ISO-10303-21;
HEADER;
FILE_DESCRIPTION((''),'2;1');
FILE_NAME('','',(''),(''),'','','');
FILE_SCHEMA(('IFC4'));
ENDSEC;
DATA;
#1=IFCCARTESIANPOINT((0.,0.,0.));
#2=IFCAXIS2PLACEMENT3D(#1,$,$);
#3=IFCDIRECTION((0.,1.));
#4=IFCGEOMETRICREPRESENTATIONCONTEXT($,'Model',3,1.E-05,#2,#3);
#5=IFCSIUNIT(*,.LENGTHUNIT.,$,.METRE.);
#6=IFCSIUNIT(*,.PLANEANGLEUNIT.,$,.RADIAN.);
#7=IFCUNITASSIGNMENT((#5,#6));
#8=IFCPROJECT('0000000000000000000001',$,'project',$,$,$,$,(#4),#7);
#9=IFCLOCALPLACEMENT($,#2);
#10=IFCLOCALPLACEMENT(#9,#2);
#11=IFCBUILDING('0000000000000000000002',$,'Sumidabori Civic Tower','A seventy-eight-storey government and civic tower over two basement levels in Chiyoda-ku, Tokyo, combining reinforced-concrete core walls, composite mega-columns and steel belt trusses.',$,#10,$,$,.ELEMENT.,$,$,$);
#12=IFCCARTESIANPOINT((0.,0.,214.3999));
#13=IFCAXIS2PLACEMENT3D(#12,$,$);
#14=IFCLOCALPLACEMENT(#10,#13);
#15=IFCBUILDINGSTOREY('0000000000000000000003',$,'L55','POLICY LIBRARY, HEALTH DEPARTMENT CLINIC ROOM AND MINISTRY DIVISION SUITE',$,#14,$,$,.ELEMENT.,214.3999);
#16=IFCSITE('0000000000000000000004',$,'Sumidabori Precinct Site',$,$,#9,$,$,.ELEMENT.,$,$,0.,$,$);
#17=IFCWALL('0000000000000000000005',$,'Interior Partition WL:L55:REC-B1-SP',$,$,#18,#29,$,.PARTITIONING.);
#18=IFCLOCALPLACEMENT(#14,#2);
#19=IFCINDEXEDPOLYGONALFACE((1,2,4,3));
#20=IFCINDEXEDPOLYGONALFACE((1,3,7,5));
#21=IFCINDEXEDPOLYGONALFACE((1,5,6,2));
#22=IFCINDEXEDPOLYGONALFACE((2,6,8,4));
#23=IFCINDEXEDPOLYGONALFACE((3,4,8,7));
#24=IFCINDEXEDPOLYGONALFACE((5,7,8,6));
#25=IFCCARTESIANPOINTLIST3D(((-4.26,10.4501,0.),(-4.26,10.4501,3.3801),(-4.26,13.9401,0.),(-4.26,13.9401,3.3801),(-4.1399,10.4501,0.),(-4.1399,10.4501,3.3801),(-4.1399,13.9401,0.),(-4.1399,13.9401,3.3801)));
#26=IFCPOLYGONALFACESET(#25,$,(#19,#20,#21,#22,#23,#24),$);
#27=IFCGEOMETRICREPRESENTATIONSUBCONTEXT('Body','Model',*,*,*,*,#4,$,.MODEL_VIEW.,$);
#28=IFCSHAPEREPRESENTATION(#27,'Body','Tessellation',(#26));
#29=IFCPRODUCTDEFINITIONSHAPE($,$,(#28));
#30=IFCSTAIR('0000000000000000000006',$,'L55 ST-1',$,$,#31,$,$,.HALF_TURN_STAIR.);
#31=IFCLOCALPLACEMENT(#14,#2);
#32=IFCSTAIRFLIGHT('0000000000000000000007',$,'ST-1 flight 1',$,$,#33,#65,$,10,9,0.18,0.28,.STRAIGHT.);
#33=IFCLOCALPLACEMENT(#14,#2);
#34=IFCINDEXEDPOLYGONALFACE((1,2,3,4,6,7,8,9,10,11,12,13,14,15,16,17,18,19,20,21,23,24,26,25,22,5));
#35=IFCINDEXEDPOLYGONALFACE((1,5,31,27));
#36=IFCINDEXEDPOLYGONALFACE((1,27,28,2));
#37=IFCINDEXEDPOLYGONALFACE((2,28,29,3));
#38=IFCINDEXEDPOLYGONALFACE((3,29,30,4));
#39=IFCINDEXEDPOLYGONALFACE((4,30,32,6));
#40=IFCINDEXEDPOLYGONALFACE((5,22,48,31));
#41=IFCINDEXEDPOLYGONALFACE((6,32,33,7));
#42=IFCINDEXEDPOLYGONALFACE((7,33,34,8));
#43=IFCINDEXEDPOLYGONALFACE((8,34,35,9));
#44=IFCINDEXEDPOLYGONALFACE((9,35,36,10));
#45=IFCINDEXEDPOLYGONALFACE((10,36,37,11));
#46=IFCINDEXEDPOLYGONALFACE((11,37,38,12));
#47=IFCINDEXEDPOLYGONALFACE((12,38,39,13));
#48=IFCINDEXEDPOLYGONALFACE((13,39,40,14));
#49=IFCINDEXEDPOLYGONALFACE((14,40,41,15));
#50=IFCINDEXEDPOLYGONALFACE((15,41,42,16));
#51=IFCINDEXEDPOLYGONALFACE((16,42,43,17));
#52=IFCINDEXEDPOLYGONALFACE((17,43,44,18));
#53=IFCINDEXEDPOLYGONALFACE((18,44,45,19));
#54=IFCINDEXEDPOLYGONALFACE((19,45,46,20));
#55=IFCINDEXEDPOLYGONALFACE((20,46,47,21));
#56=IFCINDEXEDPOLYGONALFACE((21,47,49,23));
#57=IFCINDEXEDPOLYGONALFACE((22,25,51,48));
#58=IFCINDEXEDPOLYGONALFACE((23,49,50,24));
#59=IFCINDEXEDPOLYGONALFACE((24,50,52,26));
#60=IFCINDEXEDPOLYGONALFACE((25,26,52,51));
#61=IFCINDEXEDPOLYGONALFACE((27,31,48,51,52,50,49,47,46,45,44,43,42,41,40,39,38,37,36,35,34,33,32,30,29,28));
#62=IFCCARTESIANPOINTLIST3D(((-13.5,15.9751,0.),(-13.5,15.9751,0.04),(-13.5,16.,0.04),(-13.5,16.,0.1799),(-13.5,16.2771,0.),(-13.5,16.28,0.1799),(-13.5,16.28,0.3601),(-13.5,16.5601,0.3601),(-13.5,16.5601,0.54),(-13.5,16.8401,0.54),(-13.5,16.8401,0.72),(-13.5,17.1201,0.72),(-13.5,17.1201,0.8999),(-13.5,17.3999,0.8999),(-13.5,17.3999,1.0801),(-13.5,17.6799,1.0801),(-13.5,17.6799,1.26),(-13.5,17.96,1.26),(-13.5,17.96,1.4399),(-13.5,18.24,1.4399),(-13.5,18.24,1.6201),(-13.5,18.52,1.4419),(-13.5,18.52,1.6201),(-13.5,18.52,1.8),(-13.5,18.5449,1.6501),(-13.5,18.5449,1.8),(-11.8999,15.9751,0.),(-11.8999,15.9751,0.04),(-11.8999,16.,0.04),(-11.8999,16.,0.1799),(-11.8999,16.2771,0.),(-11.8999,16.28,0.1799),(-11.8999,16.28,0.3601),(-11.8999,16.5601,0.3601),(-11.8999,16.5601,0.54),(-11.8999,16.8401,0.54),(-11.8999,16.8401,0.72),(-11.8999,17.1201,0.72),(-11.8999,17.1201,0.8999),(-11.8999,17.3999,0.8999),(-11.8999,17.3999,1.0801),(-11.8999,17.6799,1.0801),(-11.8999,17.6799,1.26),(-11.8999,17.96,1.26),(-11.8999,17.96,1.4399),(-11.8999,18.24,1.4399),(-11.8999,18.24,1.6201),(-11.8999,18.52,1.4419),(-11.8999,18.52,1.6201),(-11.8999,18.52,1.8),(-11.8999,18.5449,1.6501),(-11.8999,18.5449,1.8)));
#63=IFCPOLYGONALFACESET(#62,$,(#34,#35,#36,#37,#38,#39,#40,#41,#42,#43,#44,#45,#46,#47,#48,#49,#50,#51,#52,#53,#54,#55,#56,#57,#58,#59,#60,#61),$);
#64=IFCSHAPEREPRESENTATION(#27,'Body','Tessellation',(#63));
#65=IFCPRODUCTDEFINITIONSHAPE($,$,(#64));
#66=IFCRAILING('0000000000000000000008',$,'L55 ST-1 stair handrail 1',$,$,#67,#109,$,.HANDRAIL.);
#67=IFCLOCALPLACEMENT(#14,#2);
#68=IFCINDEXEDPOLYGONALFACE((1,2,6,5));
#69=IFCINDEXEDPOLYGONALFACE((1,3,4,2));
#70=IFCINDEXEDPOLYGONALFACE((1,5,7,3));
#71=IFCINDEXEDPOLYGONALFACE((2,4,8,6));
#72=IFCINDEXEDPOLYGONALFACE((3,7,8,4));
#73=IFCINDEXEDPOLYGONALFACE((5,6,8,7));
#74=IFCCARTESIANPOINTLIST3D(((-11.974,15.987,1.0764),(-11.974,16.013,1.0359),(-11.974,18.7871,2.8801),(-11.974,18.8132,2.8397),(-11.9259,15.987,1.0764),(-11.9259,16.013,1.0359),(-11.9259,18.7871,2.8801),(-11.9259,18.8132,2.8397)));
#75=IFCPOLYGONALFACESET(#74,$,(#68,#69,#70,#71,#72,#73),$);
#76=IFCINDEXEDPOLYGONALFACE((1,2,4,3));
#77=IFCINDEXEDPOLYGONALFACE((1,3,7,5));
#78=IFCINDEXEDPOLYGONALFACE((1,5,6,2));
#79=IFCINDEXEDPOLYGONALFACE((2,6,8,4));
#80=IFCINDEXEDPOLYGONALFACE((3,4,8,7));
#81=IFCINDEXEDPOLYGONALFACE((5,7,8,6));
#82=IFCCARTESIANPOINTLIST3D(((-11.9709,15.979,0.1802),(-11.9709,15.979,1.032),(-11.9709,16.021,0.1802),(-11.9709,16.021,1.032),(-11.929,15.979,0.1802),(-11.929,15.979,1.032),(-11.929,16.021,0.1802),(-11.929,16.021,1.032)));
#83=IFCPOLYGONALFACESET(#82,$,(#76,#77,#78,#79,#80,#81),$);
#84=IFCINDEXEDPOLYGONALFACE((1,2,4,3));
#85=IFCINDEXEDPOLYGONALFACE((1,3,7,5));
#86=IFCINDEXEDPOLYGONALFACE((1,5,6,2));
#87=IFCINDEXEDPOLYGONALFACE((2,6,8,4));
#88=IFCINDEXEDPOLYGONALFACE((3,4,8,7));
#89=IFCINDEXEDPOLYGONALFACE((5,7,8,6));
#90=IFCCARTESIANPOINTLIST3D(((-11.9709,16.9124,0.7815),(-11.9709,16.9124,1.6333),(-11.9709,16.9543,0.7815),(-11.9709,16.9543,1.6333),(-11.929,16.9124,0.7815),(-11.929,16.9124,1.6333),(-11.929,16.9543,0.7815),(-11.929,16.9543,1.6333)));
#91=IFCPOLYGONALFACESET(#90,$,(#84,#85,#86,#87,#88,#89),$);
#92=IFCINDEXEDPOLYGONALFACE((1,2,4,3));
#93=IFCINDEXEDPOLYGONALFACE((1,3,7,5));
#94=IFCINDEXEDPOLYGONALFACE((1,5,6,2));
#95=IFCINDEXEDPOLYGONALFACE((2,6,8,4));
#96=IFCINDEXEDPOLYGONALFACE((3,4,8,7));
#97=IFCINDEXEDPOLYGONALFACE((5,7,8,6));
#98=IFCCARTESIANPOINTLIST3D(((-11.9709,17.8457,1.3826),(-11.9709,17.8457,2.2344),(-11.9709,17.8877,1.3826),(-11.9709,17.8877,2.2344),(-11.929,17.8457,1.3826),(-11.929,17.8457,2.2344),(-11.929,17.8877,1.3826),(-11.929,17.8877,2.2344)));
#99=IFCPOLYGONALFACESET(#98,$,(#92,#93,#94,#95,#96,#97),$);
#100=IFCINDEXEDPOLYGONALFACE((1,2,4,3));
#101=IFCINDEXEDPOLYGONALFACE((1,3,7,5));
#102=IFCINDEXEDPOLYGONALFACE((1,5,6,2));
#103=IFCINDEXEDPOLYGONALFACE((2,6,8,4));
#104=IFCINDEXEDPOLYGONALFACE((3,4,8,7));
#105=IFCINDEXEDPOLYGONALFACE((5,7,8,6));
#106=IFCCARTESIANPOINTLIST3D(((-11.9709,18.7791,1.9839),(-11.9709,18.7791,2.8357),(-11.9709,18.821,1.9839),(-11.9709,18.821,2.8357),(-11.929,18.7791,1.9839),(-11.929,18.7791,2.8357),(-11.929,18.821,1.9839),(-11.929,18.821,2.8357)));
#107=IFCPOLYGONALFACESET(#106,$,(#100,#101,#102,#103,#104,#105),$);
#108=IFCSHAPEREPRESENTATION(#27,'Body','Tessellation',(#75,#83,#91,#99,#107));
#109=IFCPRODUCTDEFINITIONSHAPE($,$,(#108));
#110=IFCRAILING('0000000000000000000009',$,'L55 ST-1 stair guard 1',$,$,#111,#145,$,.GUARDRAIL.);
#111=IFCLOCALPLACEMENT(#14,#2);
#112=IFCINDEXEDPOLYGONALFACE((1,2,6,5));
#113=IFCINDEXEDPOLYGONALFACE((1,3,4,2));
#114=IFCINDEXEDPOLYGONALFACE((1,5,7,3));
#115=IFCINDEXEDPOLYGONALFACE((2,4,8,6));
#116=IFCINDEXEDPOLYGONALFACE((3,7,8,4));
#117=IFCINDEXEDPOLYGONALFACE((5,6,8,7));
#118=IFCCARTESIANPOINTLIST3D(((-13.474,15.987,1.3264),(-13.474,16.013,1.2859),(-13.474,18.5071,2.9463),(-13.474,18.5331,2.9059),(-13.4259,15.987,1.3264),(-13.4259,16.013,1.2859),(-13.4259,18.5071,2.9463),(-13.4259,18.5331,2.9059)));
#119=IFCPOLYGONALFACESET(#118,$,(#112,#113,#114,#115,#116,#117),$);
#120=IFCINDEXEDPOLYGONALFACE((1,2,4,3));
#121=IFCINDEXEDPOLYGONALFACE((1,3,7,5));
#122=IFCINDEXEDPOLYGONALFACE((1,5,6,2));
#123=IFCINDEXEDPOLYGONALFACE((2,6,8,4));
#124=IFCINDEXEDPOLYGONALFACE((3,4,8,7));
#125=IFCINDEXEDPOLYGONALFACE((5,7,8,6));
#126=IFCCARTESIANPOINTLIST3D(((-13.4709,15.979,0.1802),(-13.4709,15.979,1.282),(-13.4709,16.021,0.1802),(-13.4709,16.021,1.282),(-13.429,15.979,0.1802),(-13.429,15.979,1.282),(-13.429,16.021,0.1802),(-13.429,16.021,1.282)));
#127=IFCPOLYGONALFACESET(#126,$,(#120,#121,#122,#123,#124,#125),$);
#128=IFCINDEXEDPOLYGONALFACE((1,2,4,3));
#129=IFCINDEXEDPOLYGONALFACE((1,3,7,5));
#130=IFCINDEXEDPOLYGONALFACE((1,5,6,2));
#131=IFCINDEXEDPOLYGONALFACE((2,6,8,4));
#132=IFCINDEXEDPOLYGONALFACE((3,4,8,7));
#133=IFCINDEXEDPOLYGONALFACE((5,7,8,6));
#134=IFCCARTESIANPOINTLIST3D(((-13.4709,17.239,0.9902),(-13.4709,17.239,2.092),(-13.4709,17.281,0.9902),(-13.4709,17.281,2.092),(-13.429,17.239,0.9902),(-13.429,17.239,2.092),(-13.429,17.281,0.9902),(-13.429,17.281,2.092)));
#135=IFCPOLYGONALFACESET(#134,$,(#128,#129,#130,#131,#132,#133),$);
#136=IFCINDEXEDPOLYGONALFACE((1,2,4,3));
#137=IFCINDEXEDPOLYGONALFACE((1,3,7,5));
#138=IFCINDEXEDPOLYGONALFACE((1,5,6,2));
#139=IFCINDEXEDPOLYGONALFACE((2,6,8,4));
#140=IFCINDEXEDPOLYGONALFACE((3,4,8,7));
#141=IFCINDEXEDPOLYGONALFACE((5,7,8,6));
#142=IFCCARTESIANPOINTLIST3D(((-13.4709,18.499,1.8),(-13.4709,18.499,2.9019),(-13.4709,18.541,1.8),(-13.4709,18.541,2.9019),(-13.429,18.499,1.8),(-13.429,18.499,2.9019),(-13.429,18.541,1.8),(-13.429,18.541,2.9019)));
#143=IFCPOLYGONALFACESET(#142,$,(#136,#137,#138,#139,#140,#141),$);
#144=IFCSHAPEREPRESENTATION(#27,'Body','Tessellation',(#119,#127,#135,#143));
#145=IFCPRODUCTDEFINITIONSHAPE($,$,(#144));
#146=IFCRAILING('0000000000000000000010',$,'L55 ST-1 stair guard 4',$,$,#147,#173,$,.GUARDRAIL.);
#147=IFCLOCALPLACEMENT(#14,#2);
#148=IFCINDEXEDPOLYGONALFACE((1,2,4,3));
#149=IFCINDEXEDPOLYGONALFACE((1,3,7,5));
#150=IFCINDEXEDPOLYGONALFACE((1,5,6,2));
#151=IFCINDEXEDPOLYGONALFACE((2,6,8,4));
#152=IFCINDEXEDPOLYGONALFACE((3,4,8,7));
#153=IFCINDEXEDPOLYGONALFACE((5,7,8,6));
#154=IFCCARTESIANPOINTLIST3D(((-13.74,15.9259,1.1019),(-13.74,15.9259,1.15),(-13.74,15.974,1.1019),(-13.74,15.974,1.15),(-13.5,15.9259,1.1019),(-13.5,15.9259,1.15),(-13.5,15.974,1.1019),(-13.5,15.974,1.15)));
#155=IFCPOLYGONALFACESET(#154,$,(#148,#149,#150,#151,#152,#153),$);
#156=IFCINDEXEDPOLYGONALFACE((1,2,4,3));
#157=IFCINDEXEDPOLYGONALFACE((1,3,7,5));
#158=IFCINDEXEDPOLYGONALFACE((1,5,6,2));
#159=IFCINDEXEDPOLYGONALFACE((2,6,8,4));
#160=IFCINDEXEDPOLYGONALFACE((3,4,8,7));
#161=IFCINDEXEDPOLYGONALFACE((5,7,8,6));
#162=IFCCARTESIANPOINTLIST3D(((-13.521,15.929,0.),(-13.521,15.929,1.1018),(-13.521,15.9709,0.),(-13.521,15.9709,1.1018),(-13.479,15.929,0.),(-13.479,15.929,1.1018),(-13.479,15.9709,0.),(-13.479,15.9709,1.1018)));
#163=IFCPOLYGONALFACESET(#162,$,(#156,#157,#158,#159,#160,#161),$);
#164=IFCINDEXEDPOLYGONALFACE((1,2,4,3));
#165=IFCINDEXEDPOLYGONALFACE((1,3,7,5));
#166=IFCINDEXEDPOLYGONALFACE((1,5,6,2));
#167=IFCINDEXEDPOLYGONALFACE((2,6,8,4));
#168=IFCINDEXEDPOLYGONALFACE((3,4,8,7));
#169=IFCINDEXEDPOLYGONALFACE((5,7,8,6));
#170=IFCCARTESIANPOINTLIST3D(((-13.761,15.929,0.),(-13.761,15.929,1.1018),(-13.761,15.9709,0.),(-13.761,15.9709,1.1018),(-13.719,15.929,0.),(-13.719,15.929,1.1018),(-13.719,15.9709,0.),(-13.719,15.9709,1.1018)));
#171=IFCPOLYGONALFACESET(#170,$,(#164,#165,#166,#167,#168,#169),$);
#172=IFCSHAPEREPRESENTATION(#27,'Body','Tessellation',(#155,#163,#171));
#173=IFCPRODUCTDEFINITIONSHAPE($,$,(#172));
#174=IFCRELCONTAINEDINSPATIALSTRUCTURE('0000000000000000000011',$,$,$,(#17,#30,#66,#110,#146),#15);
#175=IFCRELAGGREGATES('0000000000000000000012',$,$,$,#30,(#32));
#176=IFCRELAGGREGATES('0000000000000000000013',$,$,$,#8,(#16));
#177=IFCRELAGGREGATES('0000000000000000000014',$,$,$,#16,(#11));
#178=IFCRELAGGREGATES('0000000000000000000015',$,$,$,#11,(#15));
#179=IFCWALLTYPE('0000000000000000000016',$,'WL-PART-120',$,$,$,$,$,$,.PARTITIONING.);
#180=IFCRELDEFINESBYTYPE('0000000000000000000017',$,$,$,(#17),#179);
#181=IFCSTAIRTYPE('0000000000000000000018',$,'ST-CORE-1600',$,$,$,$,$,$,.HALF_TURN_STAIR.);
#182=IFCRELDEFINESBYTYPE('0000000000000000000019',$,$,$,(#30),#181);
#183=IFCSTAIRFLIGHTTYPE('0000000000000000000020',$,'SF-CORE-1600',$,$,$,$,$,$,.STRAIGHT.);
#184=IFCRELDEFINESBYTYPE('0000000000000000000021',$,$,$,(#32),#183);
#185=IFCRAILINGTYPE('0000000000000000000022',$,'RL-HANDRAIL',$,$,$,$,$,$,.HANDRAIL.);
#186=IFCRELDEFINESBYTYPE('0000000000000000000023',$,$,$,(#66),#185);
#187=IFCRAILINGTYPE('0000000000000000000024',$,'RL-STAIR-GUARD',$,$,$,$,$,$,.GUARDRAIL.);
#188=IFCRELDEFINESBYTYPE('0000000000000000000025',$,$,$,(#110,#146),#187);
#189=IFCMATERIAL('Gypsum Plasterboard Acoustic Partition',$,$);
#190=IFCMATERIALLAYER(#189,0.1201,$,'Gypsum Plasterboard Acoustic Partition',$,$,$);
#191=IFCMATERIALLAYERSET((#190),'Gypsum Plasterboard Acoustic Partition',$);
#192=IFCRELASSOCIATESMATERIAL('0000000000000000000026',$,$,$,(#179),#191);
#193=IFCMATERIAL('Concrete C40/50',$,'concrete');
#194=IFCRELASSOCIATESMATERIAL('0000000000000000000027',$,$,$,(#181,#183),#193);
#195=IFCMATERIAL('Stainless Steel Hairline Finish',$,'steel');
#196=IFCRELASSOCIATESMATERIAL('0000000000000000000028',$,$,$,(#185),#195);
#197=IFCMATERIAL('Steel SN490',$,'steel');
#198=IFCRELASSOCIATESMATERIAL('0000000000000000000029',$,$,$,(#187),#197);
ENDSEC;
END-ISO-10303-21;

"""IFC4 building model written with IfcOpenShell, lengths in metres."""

from ifc_helpers import new_model, si_unit, direction, frame, frame_2d, origin, origin_2d, place, context, subcontext, project, spatial, polyline, rectangle, outline, extrude, source, transform, mapped, material, layer, layer_set, type_object, element, aggregate, save


model = new_model("IFC4")

# Units and contexts
model_context = context("Model", 3, precision=1e-05, world=origin(), true_north=direction((0.0, 1.0)))
body_context = subcontext(model_context, "Body", "Model", "MODEL_VIEW")
ifc_project = project(units=[si_unit("LENGTHUNIT", "METRE"), si_unit("PLANEANGLEUNIT", "RADIAN")], contexts=[model_context])

# Site, building, storey
site_placement = place(None, origin())
site = spatial("IfcSite", under=ifc_project, at=site_placement, Name="Sumidabori Precinct Site", CompositionType="ELEMENT", RefElevation=0.0)
building_placement = place(site_placement, origin())
building = spatial("IfcBuilding", under=site, at=building_placement, Name="Sumidabori Civic Tower", Description="A seventy-eight-storey government and civic tower over two basement levels in Chiyoda-ku, Tokyo, combining reinforced-concrete core walls, composite mega-columns and steel belt trusses.", CompositionType="ELEMENT")
storey_placement = place(building_placement, frame((0.0, 0.0, 214.3999)))
storey = spatial("IfcBuildingStorey", under=building, at=storey_placement, Name="L55", Description="POLICY LIBRARY, HEALTH DEPARTMENT CLINIC ROOM AND MINISTRY DIVISION SUITE", CompositionType="ELEMENT", Elevation=214.3999)

# Shared definitions
ifc_material_1 = material(Name="Stainless Steel Hairline Finish", Category="steel")

# Shared definitions
ifc_material_2 = material(Name="Steel SN490", Category="steel")

# Wall
ifc_material_3 = material(Name="Gypsum Plasterboard Acoustic Partition")
ifc_layer_1 = layer(ifc_material_3, 0.1201, Name="Gypsum Plasterboard Acoustic Partition")
ifc_layer_set_1 = layer_set([ifc_layer_1], Name="Gypsum Plasterboard Acoustic Partition")
wall_type_1 = type_object("IfcWallType", Name="WL-PART-120", PredefinedType="PARTITIONING", material=ifc_layer_set_1)
shared_shape_1 = source(origin(), body_context, "Body", "SweptSolid", [
    extrude(rectangle(XDim=3.49, YDim=0.1201, at=frame_2d((1.7451, 0.0))), origin(), (0.0, 0.0, 1.0), 3.3801),
])
wall_1_placement = place(storey_placement, frame((-4.2, 10.45, 0.0), z_axis=(0.0, 0.0, 1.0), x_axis=(0.0, 1.0, 0.0)))
element("IfcWall", 1, at=wall_1_placement, inside=storey, type_object=wall_type_1, Name="Interior Partition WL:L55:REC-B1-SP", PredefinedType="PARTITIONING", context=body_context, shape_type="MappedRepresentation", body=[
    mapped(shared_shape_1, transform((0.0, 0.0, 0.0), x_axis=(1.0, 0.0, 0.0), y_axis=(0.0, 1.0, 0.0), z_axis=(0.0, 0.0, 1.0), scale=1.0)),
])

# Stair, stair flight
ifc_material_4 = material(Name="Concrete C40/50", Category="concrete")
stair_type = type_object("IfcStairType", Name="ST-CORE-1600", PredefinedType="HALF_TURN_STAIR", material=ifc_material_4)
stair_placement = place(storey_placement, origin())
stair = element("IfcStair", 2, at=stair_placement, inside=storey, type_object=stair_type, Name="L55 ST-1", PredefinedType="HALF_TURN_STAIR")
stair_flight_type = type_object("IfcStairFlightType", Name="SF-CORE-1600", PredefinedType="STRAIGHT", material=ifc_material_4)
shared_shape_2 = source(origin(), body_context, "Body", "SweptSolid", [
    extrude(outline(polyline([(-0.0249, 0.0), (-0.0249, 0.04), (0.0, 0.04), (0.0, 0.1799), (0.28, 0.1799), (0.28, 0.3601), (0.5601, 0.3601), (0.5601, 0.54), (0.8401, 0.54), (0.8401, 0.72), (1.1201, 0.72), (1.1201, 0.8999), (1.3999, 0.8999), (1.3999, 1.0801), (1.6799, 1.0801), (1.6799, 1.26), (1.96, 1.26), (1.96, 1.4399), (2.24, 1.4399), (2.24, 1.6201), (2.52, 1.6201), (2.52, 1.8), (2.5449, 1.8), (2.5449, 1.6501), (2.52, 1.4419), (0.2771, 0.0), (-0.0249, 0.0)])), frame((0.0, 0.8, 0.0), z_axis=(0.0, -1.0, 0.0), x_axis=(1.0, 0.0, 0.0)), (0.0, 0.0, 1.0), 1.6001),
])
stair_flight_placement = place(storey_placement, frame((-12.7, 16.0, 0.0), z_axis=(0.0, 0.0, 1.0), x_axis=(0.0, 1.0, 0.0)))
stair_flight = element("IfcStairFlight", 3, at=stair_flight_placement, type_object=stair_flight_type, Name="ST-1 flight 1", NumberOfRisers=10, NumberOfTreads=9, PredefinedType="STRAIGHT", RiserHeight=0.18, TreadLength=0.28, context=body_context, shape_type="MappedRepresentation", body=[
    mapped(shared_shape_2, transform((0.0, 0.0, 0.0), x_axis=(1.0, 0.0, 0.0), y_axis=(0.0, 1.0, 0.0), z_axis=(0.0, 0.0, 1.0), scale=1.0)),
])
aggregate(stair, [stair_flight])

# Railings
railing_type_1 = type_object("IfcRailingType", Name="RL-HANDRAIL", PredefinedType="HANDRAIL", material=ifc_material_1)
railing_1_placement = place(storey_placement, frame((-11.95, 16.0, 0.1802)))
element("IfcRailing", 4, at=railing_1_placement, inside=storey, type_object=railing_type_1, Name="L55 ST-1 stair handrail 1", PredefinedType="HANDRAIL", context=body_context, shape_type="SweptSolid", body=[
    extrude(rectangle(XDim=0.0481, YDim=0.0481, at=origin_2d()), frame((0.0, 0.0, 0.876), z_axis=(0.0, 0.840676, 0.541539), x_axis=(-1.0, 0.0, 0.0)), (0.0, 0.0, 1.0), 3.3308),
    extrude(rectangle(XDim=0.042, YDim=0.042, at=origin_2d()), origin(), (0.0, 0.0, 1.0), 0.8518),
    extrude(rectangle(XDim=0.042, YDim=0.042, at=origin_2d()), frame((0.0, 0.9333, 0.6013)), (0.0, 0.0, 1.0), 0.8518),
    extrude(rectangle(XDim=0.042, YDim=0.042, at=origin_2d()), frame((0.0, 1.8667, 1.2024)), (0.0, 0.0, 1.0), 0.8518),
    extrude(rectangle(XDim=0.042, YDim=0.042, at=origin_2d()), frame((0.0, 2.8, 1.8037)), (0.0, 0.0, 1.0), 0.8518),
])
railing_type_2 = type_object("IfcRailingType", Name="RL-STAIR-GUARD", PredefinedType="GUARDRAIL", material=ifc_material_2)
railing_2_placement = place(storey_placement, frame((-13.45, 16.0, 0.1802)))
element("IfcRailing", 5, at=railing_2_placement, inside=storey, type_object=railing_type_2, Name="L55 ST-1 stair guard 1", PredefinedType="GUARDRAIL", context=body_context, shape_type="SweptSolid", body=[
    extrude(rectangle(XDim=0.0481, YDim=0.0481, at=origin_2d()), frame((0.0, 0.0, 1.126), z_axis=(0.0, 0.8412, 0.540725), x_axis=(-1.0, 0.0, 0.0)), (0.0, 0.0, 1.0), 2.9958),
    extrude(rectangle(XDim=0.042, YDim=0.042, at=origin_2d()), origin(), (0.0, 0.0, 1.0), 1.1018),
    extrude(rectangle(XDim=0.042, YDim=0.042, at=origin_2d()), frame((0.0, 1.26, 0.8101)), (0.0, 0.0, 1.0), 1.1018),
    extrude(rectangle(XDim=0.042, YDim=0.042, at=origin_2d()), frame((0.0, 2.52, 1.6199)), (0.0, 0.0, 1.0), 1.1018),
])
railing_3_placement = place(storey_placement, frame((-13.5, 15.95, 0.0)))
element("IfcRailing", 6, at=railing_3_placement, inside=storey, type_object=railing_type_2, Name="L55 ST-1 stair guard 4", PredefinedType="GUARDRAIL", context=body_context, shape_type="SweptSolid", body=[
    extrude(rectangle(XDim=0.0481, YDim=0.0481, at=origin_2d()), frame((0.0, 0.0, 1.126), z_axis=(-1.0, 0.0, 0.0), x_axis=(0.0, -1.0, 0.0)), (0.0, 0.0, 1.0), 0.24),
    extrude(rectangle(XDim=0.042, YDim=0.042, at=origin_2d()), origin(), (0.0, 0.0, 1.0), 1.1018),
    extrude(rectangle(XDim=0.042, YDim=0.042, at=origin_2d()), frame((-0.24, 0.0, 0.0)), (0.0, 0.0, 1.0), 1.1018),
])

save(model, "model.ifc")
